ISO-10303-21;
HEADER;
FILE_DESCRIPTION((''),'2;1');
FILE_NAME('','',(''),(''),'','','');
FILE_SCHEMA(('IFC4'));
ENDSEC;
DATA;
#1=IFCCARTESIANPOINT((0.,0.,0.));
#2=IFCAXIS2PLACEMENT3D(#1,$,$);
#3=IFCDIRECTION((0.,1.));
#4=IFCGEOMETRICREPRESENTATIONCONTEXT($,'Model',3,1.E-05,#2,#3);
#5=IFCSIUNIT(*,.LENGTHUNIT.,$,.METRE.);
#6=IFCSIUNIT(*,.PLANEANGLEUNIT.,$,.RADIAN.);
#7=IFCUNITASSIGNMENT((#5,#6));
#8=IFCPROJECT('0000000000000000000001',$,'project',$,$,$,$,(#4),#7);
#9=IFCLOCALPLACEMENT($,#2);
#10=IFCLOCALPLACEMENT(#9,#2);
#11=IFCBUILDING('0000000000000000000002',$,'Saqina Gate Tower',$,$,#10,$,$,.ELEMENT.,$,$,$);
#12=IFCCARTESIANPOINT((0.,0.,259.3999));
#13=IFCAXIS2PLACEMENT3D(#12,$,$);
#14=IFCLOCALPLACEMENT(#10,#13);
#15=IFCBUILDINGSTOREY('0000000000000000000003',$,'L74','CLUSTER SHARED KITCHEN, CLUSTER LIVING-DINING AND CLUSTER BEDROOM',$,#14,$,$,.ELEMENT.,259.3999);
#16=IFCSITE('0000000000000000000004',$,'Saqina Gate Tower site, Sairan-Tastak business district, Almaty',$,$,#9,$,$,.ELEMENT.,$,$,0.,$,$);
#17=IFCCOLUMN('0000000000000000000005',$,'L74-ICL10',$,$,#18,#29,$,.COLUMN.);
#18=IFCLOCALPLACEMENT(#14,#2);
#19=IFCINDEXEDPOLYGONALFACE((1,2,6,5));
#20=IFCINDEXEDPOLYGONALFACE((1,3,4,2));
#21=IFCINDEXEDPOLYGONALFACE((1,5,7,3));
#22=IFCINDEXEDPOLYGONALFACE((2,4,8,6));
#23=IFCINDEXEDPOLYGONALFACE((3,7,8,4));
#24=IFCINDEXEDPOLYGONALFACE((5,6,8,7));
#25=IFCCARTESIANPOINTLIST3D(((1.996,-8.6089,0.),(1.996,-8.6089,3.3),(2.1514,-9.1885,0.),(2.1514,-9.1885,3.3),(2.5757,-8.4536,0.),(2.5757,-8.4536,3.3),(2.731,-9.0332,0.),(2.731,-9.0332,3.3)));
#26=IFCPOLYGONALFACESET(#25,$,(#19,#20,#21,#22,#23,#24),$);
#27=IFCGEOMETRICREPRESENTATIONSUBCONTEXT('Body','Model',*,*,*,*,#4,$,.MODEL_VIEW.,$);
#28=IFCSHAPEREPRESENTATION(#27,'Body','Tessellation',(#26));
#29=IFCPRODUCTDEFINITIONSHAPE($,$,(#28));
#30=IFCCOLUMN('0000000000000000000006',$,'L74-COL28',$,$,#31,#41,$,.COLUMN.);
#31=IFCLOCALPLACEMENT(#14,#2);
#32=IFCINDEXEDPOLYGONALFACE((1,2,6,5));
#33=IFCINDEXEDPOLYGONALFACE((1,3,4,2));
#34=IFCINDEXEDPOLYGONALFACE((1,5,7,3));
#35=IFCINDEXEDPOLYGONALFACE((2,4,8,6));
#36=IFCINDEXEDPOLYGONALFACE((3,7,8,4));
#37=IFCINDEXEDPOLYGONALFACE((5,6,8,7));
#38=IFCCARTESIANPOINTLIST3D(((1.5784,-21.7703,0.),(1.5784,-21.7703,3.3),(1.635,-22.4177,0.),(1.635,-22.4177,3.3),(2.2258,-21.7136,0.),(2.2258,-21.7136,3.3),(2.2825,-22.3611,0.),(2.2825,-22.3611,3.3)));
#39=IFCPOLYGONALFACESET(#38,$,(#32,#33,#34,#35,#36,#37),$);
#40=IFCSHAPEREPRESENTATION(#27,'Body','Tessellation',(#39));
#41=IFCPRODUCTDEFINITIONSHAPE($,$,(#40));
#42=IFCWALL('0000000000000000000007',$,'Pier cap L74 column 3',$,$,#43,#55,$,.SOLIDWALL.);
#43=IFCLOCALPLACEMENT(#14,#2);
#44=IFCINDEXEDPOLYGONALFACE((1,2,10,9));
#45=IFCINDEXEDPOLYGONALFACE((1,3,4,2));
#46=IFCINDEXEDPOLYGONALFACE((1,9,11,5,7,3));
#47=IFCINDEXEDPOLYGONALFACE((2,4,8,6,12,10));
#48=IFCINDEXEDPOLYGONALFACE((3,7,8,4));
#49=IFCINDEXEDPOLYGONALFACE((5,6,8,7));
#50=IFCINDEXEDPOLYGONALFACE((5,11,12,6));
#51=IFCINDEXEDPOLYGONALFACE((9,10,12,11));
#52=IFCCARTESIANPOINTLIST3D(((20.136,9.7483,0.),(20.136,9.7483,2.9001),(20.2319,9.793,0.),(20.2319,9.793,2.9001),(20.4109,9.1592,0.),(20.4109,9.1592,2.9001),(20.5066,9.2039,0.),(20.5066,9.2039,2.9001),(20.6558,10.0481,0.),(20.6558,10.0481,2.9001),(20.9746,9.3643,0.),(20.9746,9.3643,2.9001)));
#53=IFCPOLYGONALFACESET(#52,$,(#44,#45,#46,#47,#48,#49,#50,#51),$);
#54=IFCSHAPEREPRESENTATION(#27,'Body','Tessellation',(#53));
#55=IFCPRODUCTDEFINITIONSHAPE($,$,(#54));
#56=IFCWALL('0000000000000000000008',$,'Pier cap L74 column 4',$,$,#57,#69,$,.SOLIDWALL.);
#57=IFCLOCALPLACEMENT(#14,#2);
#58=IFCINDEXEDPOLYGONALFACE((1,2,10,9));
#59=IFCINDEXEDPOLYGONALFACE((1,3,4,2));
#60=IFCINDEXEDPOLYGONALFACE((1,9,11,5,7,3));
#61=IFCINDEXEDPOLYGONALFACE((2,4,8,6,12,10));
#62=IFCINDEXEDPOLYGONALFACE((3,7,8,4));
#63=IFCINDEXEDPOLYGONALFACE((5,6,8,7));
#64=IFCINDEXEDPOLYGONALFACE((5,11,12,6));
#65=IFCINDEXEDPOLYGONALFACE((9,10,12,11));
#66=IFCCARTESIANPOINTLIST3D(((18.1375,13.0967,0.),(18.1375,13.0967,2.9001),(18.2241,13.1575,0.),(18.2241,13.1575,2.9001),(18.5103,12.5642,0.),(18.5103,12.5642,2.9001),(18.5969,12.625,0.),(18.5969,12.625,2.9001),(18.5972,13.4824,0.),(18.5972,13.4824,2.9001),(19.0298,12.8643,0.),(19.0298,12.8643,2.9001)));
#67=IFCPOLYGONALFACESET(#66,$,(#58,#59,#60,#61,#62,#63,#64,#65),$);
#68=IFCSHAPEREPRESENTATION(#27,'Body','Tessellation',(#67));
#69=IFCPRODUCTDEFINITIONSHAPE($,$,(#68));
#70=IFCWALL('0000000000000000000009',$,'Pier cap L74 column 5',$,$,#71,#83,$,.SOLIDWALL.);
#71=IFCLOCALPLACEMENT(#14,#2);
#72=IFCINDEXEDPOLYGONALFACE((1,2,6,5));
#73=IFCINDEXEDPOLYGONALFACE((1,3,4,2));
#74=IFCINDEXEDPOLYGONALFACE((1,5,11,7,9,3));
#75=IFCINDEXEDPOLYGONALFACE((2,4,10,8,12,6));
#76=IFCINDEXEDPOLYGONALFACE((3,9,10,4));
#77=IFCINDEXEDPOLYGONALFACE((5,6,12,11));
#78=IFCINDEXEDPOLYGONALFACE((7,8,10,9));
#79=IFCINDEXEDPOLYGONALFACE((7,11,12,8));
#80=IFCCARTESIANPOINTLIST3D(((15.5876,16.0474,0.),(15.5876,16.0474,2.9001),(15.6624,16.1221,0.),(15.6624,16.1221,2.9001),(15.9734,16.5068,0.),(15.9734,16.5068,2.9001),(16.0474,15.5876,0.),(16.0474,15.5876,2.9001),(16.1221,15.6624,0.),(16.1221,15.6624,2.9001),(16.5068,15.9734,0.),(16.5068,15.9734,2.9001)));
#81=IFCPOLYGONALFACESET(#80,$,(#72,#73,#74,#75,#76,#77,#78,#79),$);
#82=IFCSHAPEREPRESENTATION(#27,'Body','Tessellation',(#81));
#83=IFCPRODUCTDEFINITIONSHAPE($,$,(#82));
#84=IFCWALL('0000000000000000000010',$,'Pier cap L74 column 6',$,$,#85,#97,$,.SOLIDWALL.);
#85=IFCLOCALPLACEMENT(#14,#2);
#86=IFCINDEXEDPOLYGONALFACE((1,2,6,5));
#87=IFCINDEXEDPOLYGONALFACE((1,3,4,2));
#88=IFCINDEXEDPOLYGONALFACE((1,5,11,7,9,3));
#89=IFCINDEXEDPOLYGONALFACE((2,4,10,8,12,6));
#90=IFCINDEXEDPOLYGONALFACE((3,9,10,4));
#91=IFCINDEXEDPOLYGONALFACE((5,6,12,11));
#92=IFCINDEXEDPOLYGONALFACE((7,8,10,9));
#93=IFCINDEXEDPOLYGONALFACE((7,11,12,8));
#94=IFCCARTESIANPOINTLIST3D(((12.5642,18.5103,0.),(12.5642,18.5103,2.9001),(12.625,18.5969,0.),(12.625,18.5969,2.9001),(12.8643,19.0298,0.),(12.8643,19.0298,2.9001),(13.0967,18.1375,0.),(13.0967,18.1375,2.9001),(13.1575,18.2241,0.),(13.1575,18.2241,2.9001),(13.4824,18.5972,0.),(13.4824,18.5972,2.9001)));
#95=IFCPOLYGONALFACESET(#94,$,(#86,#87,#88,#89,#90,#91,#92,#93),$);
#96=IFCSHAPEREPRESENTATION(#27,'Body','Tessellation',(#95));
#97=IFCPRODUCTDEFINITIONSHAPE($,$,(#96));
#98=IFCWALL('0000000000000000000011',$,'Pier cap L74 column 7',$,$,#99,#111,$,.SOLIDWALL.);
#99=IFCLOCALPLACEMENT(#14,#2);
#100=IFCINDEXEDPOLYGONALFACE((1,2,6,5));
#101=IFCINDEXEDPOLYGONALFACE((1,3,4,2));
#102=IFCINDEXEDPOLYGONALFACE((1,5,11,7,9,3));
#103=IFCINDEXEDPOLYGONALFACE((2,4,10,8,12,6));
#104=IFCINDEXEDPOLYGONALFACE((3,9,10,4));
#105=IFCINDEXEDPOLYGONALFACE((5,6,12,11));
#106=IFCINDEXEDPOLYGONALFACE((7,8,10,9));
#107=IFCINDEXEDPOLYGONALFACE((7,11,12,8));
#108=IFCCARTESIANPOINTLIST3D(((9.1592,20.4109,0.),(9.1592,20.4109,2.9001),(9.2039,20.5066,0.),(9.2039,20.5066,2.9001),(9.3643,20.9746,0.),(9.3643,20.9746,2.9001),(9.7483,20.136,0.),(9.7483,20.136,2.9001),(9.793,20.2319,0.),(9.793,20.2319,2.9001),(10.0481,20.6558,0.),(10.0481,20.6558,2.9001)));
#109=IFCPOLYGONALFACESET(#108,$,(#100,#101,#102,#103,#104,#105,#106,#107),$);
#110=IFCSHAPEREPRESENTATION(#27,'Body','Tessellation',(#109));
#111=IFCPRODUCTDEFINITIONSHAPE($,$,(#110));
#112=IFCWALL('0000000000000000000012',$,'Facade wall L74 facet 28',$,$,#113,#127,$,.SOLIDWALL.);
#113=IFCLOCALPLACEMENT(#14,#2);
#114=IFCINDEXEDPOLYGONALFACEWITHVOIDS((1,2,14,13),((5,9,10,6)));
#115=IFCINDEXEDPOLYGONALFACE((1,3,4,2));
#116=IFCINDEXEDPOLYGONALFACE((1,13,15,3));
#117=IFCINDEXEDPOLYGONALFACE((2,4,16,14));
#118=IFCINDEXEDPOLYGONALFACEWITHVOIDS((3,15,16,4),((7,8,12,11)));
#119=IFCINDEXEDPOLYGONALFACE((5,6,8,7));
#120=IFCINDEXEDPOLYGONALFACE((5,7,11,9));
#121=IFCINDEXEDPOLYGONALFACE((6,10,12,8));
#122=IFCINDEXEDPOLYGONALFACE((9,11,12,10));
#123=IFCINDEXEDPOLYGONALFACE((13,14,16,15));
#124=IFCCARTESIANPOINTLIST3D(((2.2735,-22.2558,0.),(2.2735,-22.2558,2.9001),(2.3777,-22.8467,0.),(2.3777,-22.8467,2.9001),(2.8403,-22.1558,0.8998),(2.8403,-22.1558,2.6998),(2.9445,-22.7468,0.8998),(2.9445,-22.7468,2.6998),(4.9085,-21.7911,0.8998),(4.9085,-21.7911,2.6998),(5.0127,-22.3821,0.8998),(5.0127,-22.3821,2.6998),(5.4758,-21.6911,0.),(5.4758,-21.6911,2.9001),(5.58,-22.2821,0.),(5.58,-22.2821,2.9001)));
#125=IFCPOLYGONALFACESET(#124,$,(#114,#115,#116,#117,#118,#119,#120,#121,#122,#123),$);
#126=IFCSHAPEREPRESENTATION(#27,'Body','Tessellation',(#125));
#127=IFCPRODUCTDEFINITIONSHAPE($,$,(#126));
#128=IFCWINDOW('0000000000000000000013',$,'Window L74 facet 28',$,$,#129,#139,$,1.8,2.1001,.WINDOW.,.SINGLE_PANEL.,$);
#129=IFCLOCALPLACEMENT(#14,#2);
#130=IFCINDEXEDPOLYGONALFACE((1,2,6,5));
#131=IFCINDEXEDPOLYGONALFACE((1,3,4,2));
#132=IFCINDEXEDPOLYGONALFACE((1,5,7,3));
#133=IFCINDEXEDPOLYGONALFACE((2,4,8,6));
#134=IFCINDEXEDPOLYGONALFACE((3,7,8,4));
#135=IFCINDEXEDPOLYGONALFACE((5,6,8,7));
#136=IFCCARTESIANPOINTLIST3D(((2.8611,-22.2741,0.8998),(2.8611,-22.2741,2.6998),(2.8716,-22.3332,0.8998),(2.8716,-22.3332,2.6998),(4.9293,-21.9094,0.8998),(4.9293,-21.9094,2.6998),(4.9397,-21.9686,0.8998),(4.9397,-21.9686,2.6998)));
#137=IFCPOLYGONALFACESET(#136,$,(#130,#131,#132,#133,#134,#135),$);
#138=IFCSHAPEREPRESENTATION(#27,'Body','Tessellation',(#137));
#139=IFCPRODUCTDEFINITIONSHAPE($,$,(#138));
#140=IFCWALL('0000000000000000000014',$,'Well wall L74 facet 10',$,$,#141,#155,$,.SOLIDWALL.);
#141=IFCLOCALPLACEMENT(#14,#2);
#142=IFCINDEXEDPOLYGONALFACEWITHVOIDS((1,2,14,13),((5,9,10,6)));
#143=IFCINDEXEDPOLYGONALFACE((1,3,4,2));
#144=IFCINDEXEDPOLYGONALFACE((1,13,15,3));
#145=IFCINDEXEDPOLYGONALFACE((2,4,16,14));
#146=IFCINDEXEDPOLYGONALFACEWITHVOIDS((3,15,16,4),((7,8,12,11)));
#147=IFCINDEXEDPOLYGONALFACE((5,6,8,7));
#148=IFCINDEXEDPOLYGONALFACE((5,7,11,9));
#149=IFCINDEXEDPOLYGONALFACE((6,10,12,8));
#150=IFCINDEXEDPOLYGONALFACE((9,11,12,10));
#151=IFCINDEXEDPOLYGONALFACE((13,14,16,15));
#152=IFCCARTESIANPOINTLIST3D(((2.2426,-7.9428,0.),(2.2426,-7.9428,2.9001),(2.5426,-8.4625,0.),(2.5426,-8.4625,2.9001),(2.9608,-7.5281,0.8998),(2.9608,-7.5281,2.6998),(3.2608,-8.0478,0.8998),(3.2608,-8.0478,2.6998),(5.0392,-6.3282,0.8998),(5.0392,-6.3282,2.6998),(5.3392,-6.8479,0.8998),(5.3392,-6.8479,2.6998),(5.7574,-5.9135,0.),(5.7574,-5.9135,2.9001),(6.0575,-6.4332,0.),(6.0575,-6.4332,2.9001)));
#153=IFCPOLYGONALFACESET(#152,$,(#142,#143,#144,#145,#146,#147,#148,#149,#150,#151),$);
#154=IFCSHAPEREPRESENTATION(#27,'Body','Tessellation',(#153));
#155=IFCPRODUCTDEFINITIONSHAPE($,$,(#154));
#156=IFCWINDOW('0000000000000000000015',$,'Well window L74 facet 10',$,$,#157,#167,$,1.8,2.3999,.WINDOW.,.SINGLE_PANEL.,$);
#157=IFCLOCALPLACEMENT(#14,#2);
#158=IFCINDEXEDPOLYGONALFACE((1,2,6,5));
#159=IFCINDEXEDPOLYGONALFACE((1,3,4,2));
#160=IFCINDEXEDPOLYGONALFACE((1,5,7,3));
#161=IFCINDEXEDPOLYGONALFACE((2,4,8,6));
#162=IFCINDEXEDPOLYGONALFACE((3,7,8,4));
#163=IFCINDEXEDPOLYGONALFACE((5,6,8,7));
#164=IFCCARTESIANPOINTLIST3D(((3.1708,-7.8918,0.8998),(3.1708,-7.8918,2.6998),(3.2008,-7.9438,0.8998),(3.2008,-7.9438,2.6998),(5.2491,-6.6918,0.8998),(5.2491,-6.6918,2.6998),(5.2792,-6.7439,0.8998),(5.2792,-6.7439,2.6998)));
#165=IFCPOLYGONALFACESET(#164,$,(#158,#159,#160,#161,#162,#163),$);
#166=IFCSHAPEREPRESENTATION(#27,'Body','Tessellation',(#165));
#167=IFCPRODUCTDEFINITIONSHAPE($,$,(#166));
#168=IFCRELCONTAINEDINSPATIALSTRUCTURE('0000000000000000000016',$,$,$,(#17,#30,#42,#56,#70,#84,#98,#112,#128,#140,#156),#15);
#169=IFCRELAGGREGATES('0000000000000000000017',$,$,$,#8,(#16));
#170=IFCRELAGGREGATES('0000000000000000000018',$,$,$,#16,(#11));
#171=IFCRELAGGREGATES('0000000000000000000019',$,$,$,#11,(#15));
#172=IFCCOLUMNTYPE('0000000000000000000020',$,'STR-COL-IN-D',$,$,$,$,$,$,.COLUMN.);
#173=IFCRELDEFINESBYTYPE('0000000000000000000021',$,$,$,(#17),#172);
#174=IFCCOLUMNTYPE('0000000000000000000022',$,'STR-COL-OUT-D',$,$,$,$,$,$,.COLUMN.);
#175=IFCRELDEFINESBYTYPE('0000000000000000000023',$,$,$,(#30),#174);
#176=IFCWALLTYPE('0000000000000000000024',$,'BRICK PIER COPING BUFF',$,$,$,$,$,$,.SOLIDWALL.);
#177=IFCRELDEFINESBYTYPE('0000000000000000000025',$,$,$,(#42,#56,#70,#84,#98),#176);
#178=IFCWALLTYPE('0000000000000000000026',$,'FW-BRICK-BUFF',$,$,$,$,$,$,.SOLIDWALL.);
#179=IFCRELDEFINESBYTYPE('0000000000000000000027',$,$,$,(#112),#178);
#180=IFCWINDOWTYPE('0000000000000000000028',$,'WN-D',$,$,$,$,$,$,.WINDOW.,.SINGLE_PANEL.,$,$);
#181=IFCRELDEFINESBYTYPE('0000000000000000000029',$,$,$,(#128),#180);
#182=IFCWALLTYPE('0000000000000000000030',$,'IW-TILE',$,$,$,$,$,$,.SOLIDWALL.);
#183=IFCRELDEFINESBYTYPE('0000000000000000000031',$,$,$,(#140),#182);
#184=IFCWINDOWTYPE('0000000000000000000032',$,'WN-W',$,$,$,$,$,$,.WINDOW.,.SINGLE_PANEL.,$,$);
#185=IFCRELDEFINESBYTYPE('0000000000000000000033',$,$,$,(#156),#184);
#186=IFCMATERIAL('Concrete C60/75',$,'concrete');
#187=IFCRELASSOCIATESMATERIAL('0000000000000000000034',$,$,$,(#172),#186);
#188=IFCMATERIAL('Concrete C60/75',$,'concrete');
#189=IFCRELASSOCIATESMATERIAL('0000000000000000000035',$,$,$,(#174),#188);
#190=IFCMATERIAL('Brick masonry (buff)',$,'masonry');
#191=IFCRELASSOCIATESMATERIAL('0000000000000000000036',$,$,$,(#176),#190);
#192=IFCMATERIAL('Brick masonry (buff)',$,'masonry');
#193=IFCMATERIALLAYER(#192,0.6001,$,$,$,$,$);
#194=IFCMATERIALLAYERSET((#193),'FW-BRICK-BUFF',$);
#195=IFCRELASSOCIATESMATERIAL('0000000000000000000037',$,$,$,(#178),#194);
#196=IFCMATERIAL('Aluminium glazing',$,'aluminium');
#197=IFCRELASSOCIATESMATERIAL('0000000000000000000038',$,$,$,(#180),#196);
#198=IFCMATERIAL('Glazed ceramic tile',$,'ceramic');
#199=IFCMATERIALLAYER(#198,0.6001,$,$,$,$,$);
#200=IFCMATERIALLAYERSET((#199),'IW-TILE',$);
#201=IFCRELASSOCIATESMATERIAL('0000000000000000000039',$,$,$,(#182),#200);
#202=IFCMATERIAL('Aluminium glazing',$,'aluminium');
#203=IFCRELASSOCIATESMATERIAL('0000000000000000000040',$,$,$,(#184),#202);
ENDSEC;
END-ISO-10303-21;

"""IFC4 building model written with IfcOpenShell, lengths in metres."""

from ifc_helpers import new_model, si_unit, direction, frame, frame_2d, origin, origin_2d, place, context, subcontext, project, spatial, polyline, rectangle, outline, extrude, material, layer, layer_set, material_profile, profile_set, type_object, element, fill, save


model = new_model("IFC4")

# Units and contexts
model_context = context("Model", 3, precision=1e-05, world=origin(), true_north=direction((0.0, 1.0)))
body_context = subcontext(model_context, "Body", "Model", "MODEL_VIEW")
ifc_project = project(units=[si_unit("LENGTHUNIT", "METRE"), si_unit("PLANEANGLEUNIT", "RADIAN")], contexts=[model_context])

# Site, building, storey
site_placement = place(None, origin())
site = spatial("IfcSite", under=ifc_project, at=site_placement, Name="Saqina Gate Tower site, Sairan-Tastak business district, Almaty", CompositionType="ELEMENT", RefElevation=0.0)
building_placement = place(site_placement, origin())
building = spatial("IfcBuilding", under=site, at=building_placement, Name="Saqina Gate Tower", CompositionType="ELEMENT")
storey_placement = place(building_placement, frame((0.0, 0.0, 259.3999)))
storey = spatial("IfcBuildingStorey", under=building, at=storey_placement, Name="L74", Description="CLUSTER SHARED KITCHEN, CLUSTER LIVING-DINING AND CLUSTER BEDROOM", CompositionType="ELEMENT", Elevation=259.3999)

# Columns
ifc_material_1 = material(Name="Concrete C60/75", Category="concrete")
ifc_material_profile_1 = material_profile(ifc_material_1, rectangle(XDim=0.6001, YDim=0.6001, at=origin_2d()), Name="RC 600x600")
ifc_profile_set_1 = profile_set([ifc_material_profile_1], Name="Concrete C60/75")
column_type_1 = type_object("IfcColumnType", Name="STR-COL-IN-D", PredefinedType="COLUMN", material=ifc_profile_set_1)
column_1_placement = place(storey_placement, frame((2.3635, -8.821, 0.0), z_axis=(0.0, 0.0, 1.0), x_axis=(0.258819, -0.965926, 0.0)))
element("IfcColumn", 1, at=column_1_placement, inside=storey, type_object=column_type_1, Name="L74-ICL10", PredefinedType="COLUMN", context=body_context, shape_type="SweptSolid", body=[
    extrude(rectangle(XDim=0.6001, YDim=0.6001, at=origin_2d()), origin(), (0.0, 0.0, 1.0), 3.3),
])
ifc_material_2 = material(Name="Concrete C60/75", Category="concrete")
ifc_material_profile_2 = material_profile(ifc_material_2, rectangle(XDim=0.6499, YDim=0.6499, at=origin_2d()), Name="RC 650x650")
ifc_profile_set_2 = profile_set([ifc_material_profile_2], Name="Concrete C60/75")
column_type_2 = type_object("IfcColumnType", Name="STR-COL-OUT-D", PredefinedType="COLUMN", material=ifc_profile_set_2)
column_2_placement = place(storey_placement, frame((1.9304, -22.0657, 0.0), z_axis=(0.0, 0.0, 1.0), x_axis=(0.087156, -0.996195, 0.0)))
element("IfcColumn", 2, at=column_2_placement, inside=storey, type_object=column_type_2, Name="L74-COL28", PredefinedType="COLUMN", context=body_context, shape_type="SweptSolid", body=[
    extrude(rectangle(XDim=0.6499, YDim=0.6499, at=origin_2d()), origin(), (0.0, 0.0, 1.0), 3.3),
])

# Walls
ifc_material_3 = material(Name="Brick masonry (buff)", Category="masonry")
wall_type_1 = type_object("IfcWallType", Name="BRICK PIER COPING BUFF", PredefinedType="SOLIDWALL", material=ifc_material_3)
wall_1_placement = place(storey_placement, origin())
element("IfcWall", 3, at=wall_1_placement, inside=storey, type_object=wall_type_1, Name="Pier cap L74 column 3", PredefinedType="SOLIDWALL", context=body_context, shape_type="SweptSolid", body=[
    extrude(outline(polyline([(20.9746, 9.3643), (20.6558, 10.0481), (20.136, 9.7483), (20.2319, 9.793), (20.5066, 9.2039), (20.4109, 9.1592), (20.9746, 9.3643)])), origin(), (0.0, 0.0, 1.0), 2.9001),
])
wall_2_placement = place(storey_placement, origin())
element("IfcWall", 4, at=wall_2_placement, inside=storey, type_object=wall_type_1, Name="Pier cap L74 column 4", PredefinedType="SOLIDWALL", context=body_context, shape_type="SweptSolid", body=[
    extrude(outline(polyline([(19.0298, 12.8643), (18.5972, 13.4824), (18.1375, 13.0967), (18.2241, 13.1575), (18.5969, 12.625), (18.5103, 12.5642), (19.0298, 12.8643)])), origin(), (0.0, 0.0, 1.0), 2.9001),
])
wall_3_placement = place(storey_placement, origin())
element("IfcWall", 5, at=wall_3_placement, inside=storey, type_object=wall_type_1, Name="Pier cap L74 column 5", PredefinedType="SOLIDWALL", context=body_context, shape_type="SweptSolid", body=[
    extrude(outline(polyline([(15.9734, 16.5068), (15.5876, 16.0474), (15.6624, 16.1221), (16.1221, 15.6624), (16.0474, 15.5876), (16.5068, 15.9734), (15.9734, 16.5068)])), origin(), (0.0, 0.0, 1.0), 2.9001),
])
wall_4_placement = place(storey_placement, origin())
element("IfcWall", 6, at=wall_4_placement, inside=storey, type_object=wall_type_1, Name="Pier cap L74 column 6", PredefinedType="SOLIDWALL", context=body_context, shape_type="SweptSolid", body=[
    extrude(outline(polyline([(12.8643, 19.0298), (12.5642, 18.5103), (12.625, 18.5969), (13.1575, 18.2241), (13.0967, 18.1375), (13.4824, 18.5972), (12.8643, 19.0298)])), origin(), (0.0, 0.0, 1.0), 2.9001),
])
wall_5_placement = place(storey_placement, origin())
element("IfcWall", 7, at=wall_5_placement, inside=storey, type_object=wall_type_1, Name="Pier cap L74 column 7", PredefinedType="SOLIDWALL", context=body_context, shape_type="SweptSolid", body=[
    extrude(outline(polyline([(10.0481, 20.6558), (9.3643, 20.9746), (9.1592, 20.4109), (9.2039, 20.5066), (9.793, 20.2319), (9.7483, 20.136), (10.0481, 20.6558)])), origin(), (0.0, 0.0, 1.0), 2.9001),
])

# Walls, openings, windows
ifc_material_4 = material(Name="Brick masonry (buff)", Category="masonry")
ifc_layer_1 = layer(ifc_material_4, 0.6001)
ifc_layer_set_1 = layer_set([ifc_layer_1], Name="FW-BRICK-BUFF")
wall_type_2 = type_object("IfcWallType", Name="FW-BRICK-BUFF", PredefinedType="SOLIDWALL", material=ifc_layer_set_1)
wall_6_placement = place(storey_placement, frame((2.3254, -22.5513, 0.0), z_axis=(0.0, 0.0, 1.0), x_axis=(0.984806, 0.173657, 0.0)))
wall_6 = element("IfcWall", 8, at=wall_6_placement, inside=storey, type_object=wall_type_2, Name="Facade wall L74 facet 28", PredefinedType="SOLIDWALL", context=body_context, shape_type="SweptSolid", body=[
    extrude(rectangle(XDim=3.2517, YDim=0.6001, at=frame_2d((1.626, 0.0))), origin(), (0.0, 0.0, 1.0), 2.9001),
])
opening_1_placement = place(wall_6_placement, frame((0.5757, 0.0, 0.8999)))
opening_1 = element("IfcOpeningElement", 9, at=opening_1_placement, cuts=wall_6, PredefinedType="OPENING", context=body_context, shape_type="SweptSolid", body=[
    extrude(rectangle(XDim=2.1001, YDim=1.8, at=frame_2d((1.05, 0.8999))), frame((0.0, 0.312, 0.0), z_axis=(0.0, -1.0, 0.0), x_axis=(1.0, 0.0, 0.0)), (0.0, 0.0, 1.0), 0.624),
])
ifc_material_5 = material(Name="Aluminium glazing", Category="aluminium")
window_type_1 = type_object("IfcWindowType", Name="WN-D", PartitioningType="SINGLE_PANEL", PredefinedType="WINDOW", material=ifc_material_5)
window_1_placement = place(opening_1_placement, origin())
window_1 = element("IfcWindow", 10, at=window_1_placement, inside=storey, type_object=window_type_1, Name="Window L74 facet 28", OverallHeight=1.8, OverallWidth=2.1001, PartitioningType="SINGLE_PANEL", PredefinedType="WINDOW", context=body_context, shape_type="SweptSolid", body=[
    extrude(rectangle(XDim=2.1001, YDim=1.8, at=frame_2d((1.05, 0.8999))), frame((0.0, 0.1799, 0.0), z_axis=(0.0, -1.0, 0.0), x_axis=(1.0, 0.0, 0.0)), (0.0, 0.0, 1.0), 0.0601),
])
fill(opening_1, window_1)
ifc_material_6 = material(Name="Glazed ceramic tile", Category="ceramic")
ifc_layer_2 = layer(ifc_material_6, 0.6001)
ifc_layer_set_2 = layer_set([ifc_layer_2], Name="IW-TILE")
wall_type_3 = type_object("IfcWallType", Name="IW-TILE", PredefinedType="SOLIDWALL", material=ifc_layer_set_2)
wall_7_placement = place(storey_placement, frame((2.3926, -8.2026, 0.0), z_axis=(0.0, 0.0, 1.0), x_axis=(0.866028, 0.499995, 0.0)))
wall_7 = element("IfcWall", 11, at=wall_7_placement, inside=storey, type_object=wall_type_3, Name="Well wall L74 facet 10", PredefinedType="SOLIDWALL", context=body_context, shape_type="SweptSolid", body=[
    extrude(rectangle(XDim=4.0586, YDim=0.6001, at=frame_2d((2.0293, 0.0))), origin(), (0.0, 0.0, 1.0), 2.9001),
])
opening_2_placement = place(wall_7_placement, frame((0.8293, 0.0, 0.8999)))
opening_2 = element("IfcOpeningElement", 12, at=opening_2_placement, cuts=wall_7, PredefinedType="OPENING", context=body_context, shape_type="SweptSolid", body=[
    extrude(rectangle(XDim=2.3999, YDim=1.8, at=frame_2d((1.2, 0.8999))), frame((0.0, 0.312, 0.0), z_axis=(0.0, -1.0, 0.0), x_axis=(1.0, 0.0, 0.0)), (0.0, 0.0, 1.0), 0.624),
])
ifc_material_7 = material(Name="Aluminium glazing", Category="aluminium")
window_type_2 = type_object("IfcWindowType", Name="WN-W", PartitioningType="SINGLE_PANEL", PredefinedType="WINDOW", material=ifc_material_7)
window_2_placement = place(opening_2_placement, origin())
window_2 = element("IfcWindow", 13, at=window_2_placement, inside=storey, type_object=window_type_2, Name="Well window L74 facet 10", OverallHeight=1.8, OverallWidth=2.3999, PartitioningType="SINGLE_PANEL", PredefinedType="WINDOW", context=body_context, shape_type="SweptSolid", body=[
    extrude(rectangle(XDim=2.3999, YDim=1.8, at=frame_2d((1.2, 0.8999))), frame((0.0, -0.1199, 0.0), z_axis=(0.0, -1.0, 0.0), x_axis=(1.0, 0.0, 0.0)), (0.0, 0.0, 1.0), 0.0601),
])
fill(opening_2, window_2)

save(model, "model.ifc")
